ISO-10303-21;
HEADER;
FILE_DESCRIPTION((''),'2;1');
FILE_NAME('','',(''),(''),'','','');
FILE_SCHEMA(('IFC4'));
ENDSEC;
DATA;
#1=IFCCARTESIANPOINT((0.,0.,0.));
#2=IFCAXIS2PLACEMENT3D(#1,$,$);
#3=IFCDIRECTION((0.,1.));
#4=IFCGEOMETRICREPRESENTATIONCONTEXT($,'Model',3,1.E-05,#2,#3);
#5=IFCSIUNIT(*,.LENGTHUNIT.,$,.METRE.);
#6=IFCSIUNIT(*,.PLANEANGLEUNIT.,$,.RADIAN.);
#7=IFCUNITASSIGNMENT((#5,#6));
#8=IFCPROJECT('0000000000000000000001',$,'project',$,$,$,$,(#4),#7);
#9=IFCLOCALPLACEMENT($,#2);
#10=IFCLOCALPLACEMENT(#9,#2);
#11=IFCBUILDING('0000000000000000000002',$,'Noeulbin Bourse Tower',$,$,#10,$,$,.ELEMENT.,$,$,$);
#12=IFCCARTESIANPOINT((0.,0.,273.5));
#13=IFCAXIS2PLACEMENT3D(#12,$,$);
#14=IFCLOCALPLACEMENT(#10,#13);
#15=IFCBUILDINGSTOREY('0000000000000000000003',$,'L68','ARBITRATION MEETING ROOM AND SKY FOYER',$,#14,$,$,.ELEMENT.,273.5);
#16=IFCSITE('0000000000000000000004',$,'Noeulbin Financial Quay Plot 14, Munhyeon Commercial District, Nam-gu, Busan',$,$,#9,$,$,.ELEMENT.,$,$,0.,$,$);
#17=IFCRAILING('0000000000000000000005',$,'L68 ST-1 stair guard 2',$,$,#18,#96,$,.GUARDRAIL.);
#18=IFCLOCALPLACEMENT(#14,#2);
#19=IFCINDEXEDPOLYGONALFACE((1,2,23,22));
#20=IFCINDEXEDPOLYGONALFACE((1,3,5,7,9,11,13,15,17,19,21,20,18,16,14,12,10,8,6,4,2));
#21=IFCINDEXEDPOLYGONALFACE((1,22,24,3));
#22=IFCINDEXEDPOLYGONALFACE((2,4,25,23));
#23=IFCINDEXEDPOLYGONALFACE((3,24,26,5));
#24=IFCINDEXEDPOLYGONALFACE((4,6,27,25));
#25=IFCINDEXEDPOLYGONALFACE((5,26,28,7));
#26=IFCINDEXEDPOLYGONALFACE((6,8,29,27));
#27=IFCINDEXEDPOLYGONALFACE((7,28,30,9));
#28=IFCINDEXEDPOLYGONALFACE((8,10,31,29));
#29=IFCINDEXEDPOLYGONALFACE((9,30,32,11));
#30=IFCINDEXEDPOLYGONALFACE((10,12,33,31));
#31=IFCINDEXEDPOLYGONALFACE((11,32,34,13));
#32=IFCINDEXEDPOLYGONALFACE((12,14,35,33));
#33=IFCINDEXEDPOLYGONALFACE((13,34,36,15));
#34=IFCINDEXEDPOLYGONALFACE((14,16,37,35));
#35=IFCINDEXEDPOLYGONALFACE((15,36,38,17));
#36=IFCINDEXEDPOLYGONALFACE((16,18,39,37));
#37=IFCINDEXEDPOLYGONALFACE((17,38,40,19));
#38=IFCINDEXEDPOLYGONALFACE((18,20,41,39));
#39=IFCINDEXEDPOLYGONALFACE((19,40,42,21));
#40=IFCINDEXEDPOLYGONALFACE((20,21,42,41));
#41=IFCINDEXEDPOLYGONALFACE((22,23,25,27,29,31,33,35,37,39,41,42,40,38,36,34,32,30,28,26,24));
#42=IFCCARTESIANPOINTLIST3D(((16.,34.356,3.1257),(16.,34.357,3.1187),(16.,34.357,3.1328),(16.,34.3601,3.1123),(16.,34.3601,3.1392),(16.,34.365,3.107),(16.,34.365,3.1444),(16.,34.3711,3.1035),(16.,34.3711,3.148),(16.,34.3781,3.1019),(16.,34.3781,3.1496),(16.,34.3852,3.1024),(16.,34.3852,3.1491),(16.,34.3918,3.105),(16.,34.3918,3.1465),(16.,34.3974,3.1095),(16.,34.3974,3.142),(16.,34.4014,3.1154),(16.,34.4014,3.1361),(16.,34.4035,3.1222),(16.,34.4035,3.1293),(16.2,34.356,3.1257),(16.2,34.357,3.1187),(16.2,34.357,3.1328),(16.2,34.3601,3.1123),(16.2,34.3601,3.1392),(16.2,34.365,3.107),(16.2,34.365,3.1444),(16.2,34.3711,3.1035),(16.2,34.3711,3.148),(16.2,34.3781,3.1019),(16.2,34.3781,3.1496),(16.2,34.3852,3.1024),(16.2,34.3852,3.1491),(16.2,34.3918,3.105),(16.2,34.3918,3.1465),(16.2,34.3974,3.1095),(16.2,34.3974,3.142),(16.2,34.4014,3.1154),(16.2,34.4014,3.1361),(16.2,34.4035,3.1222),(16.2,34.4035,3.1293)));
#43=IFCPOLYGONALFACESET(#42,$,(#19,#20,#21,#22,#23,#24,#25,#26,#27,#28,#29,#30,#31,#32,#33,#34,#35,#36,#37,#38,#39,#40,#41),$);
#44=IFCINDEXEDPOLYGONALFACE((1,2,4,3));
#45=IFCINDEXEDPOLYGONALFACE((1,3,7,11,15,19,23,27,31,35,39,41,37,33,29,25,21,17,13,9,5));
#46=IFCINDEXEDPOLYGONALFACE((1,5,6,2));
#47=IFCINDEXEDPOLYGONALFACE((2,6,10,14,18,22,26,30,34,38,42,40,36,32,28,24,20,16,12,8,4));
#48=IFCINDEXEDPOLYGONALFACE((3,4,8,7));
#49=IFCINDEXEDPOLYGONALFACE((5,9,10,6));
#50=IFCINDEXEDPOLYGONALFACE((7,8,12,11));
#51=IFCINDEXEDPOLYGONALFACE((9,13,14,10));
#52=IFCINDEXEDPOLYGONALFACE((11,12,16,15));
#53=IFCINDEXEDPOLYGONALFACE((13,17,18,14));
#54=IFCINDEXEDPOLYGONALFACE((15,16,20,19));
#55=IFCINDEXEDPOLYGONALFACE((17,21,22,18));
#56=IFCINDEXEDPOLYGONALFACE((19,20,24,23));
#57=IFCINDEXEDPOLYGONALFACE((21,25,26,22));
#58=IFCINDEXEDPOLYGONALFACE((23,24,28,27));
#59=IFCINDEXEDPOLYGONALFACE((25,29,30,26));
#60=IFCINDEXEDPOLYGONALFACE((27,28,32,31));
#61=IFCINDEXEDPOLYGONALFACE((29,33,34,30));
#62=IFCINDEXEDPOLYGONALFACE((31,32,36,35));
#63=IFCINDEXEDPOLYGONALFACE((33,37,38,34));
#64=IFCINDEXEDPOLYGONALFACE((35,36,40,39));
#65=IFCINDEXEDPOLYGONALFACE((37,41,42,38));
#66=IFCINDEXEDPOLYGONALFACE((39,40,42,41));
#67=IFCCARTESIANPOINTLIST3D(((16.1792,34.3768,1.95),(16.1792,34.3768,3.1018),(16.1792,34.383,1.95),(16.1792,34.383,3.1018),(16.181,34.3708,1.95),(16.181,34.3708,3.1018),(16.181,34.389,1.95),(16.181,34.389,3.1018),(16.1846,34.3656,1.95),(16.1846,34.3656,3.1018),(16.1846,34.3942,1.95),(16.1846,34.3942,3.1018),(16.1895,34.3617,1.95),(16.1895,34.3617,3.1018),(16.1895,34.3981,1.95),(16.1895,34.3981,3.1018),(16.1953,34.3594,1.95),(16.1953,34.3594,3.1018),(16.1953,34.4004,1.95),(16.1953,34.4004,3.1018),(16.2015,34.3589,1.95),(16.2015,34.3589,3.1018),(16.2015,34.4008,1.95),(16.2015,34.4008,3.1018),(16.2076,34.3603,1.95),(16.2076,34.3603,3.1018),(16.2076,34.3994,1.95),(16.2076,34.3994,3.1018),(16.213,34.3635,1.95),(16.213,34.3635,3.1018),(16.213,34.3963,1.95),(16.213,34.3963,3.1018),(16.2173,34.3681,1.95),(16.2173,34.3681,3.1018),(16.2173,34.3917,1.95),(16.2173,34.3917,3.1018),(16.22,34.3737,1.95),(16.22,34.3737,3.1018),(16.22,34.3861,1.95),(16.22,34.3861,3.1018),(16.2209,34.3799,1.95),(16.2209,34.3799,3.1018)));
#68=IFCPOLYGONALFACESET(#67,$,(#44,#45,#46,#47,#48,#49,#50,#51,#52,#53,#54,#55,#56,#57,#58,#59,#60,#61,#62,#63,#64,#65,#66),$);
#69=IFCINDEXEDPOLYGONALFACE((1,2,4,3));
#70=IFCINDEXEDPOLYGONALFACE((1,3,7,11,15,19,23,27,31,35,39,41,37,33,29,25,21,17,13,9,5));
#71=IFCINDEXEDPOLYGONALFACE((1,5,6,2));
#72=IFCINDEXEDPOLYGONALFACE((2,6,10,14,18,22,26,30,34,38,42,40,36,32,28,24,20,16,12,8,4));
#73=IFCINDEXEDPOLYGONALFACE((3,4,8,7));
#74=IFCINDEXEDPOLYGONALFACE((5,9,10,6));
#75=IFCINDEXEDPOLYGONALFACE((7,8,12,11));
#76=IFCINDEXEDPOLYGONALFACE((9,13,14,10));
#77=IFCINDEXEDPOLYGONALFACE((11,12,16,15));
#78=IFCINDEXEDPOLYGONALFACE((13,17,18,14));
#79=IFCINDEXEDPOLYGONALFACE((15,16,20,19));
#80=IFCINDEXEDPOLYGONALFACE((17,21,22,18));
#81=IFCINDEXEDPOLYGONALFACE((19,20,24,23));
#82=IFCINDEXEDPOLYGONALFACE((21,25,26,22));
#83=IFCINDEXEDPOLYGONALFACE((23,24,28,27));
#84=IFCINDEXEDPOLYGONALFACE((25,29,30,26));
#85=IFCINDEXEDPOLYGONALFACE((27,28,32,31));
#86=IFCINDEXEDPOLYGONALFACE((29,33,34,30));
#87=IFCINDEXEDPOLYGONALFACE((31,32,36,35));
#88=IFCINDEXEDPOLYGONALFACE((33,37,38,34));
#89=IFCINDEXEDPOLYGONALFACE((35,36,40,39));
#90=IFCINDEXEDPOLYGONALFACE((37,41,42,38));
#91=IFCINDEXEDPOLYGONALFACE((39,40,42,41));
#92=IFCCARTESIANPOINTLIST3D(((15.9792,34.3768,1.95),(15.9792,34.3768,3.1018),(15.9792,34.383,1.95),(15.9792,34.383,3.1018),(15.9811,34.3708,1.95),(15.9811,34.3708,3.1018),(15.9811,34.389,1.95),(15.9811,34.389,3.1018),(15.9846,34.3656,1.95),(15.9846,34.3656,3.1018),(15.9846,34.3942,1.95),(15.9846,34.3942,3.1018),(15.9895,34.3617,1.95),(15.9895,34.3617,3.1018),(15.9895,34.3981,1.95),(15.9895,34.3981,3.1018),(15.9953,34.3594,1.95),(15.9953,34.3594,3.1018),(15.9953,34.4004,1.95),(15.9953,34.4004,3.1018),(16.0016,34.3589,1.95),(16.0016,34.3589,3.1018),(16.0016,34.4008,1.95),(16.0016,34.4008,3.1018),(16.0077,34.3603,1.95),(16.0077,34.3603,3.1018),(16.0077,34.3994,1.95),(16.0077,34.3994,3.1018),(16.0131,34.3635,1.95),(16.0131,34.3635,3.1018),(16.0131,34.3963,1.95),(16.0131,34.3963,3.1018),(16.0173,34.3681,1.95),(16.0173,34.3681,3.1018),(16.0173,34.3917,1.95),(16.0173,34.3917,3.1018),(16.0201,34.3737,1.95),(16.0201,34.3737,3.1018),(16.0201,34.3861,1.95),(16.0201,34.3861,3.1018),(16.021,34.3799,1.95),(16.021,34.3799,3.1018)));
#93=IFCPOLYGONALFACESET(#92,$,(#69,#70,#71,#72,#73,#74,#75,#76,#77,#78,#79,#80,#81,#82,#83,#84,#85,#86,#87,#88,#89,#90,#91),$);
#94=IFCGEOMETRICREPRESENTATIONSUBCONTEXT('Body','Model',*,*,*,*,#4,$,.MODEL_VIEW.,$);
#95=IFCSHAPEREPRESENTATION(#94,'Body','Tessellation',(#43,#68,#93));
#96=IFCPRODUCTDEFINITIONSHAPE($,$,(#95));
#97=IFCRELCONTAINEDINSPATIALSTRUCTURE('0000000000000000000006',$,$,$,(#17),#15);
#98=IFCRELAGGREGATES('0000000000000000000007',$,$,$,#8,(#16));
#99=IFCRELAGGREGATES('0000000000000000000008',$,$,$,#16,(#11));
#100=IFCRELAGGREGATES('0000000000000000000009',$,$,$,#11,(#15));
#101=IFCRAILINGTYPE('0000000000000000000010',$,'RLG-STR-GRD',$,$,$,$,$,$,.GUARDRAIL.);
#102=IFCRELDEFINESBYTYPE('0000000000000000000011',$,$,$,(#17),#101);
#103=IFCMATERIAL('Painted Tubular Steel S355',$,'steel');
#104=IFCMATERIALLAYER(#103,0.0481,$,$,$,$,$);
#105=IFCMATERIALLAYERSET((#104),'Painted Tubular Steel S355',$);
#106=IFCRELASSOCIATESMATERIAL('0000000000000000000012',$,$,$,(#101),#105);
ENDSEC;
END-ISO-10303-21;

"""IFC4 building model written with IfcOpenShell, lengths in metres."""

from ifc_helpers import new_model, si_unit, direction, frame, origin, origin_2d, place, context, subcontext, project, spatial, circle, extrude, material, layer, layer_set, type_object, element, save


model = new_model("IFC4")

# Units and contexts
model_context = context("Model", 3, precision=1e-05, world=origin(), true_north=direction((0.0, 1.0)))
body_context = subcontext(model_context, "Body", "Model", "MODEL_VIEW")
ifc_project = project(units=[si_unit("LENGTHUNIT", "METRE"), si_unit("PLANEANGLEUNIT", "RADIAN")], contexts=[model_context])

# Site, building, storey
site_placement = place(None, origin())
site = spatial("IfcSite", under=ifc_project, at=site_placement, Name="Noeulbin Financial Quay Plot 14, Munhyeon Commercial District, Nam-gu, Busan", CompositionType="ELEMENT", RefElevation=0.0)
building_placement = place(site_placement, origin())
building = spatial("IfcBuilding", under=site, at=building_placement, Name="Noeulbin Bourse Tower", CompositionType="ELEMENT")
storey_placement = place(building_placement, frame((0.0, 0.0, 273.5)))
storey = spatial("IfcBuildingStorey", under=building, at=storey_placement, Name="L68", Description="ARBITRATION MEETING ROOM AND SKY FOYER", CompositionType="ELEMENT", Elevation=273.5)

# Railing
ifc_material_1 = material(Name="Painted Tubular Steel S355", Category="steel")
ifc_layer_1 = layer(ifc_material_1, 0.0481)
ifc_layer_set_1 = layer_set([ifc_layer_1], Name="Painted Tubular Steel S355")
railing_type_1 = type_object("IfcRailingType", Name="RLG-STR-GRD", PredefinedType="GUARDRAIL", material=ifc_layer_set_1)
railing_1_placement = place(storey_placement, frame((16.2, 34.3799, 1.95)))
element("IfcRailing", 1, at=railing_1_placement, inside=storey, type_object=railing_type_1, Name="L68 ST-1 stair guard 2", PredefinedType="GUARDRAIL", context=body_context, shape_type="SweptSolid", body=[
    extrude(circle(Radius=0.0239, at=origin_2d()), frame((0.0, 0.0, 1.1758), z_axis=(-1.0, 0.0, 0.0), x_axis=(0.0, -1.0, 0.0)), (0.0, 0.0, 1.0), 0.2),
    extrude(circle(Radius=0.021, at=origin_2d()), origin(), (0.0, 0.0, 1.0), 1.1519),
    extrude(circle(Radius=0.021, at=origin_2d()), frame((-0.2, 0.0, 0.0)), (0.0, 0.0, 1.0), 1.1519),
])

save(model, "model.ifc")
